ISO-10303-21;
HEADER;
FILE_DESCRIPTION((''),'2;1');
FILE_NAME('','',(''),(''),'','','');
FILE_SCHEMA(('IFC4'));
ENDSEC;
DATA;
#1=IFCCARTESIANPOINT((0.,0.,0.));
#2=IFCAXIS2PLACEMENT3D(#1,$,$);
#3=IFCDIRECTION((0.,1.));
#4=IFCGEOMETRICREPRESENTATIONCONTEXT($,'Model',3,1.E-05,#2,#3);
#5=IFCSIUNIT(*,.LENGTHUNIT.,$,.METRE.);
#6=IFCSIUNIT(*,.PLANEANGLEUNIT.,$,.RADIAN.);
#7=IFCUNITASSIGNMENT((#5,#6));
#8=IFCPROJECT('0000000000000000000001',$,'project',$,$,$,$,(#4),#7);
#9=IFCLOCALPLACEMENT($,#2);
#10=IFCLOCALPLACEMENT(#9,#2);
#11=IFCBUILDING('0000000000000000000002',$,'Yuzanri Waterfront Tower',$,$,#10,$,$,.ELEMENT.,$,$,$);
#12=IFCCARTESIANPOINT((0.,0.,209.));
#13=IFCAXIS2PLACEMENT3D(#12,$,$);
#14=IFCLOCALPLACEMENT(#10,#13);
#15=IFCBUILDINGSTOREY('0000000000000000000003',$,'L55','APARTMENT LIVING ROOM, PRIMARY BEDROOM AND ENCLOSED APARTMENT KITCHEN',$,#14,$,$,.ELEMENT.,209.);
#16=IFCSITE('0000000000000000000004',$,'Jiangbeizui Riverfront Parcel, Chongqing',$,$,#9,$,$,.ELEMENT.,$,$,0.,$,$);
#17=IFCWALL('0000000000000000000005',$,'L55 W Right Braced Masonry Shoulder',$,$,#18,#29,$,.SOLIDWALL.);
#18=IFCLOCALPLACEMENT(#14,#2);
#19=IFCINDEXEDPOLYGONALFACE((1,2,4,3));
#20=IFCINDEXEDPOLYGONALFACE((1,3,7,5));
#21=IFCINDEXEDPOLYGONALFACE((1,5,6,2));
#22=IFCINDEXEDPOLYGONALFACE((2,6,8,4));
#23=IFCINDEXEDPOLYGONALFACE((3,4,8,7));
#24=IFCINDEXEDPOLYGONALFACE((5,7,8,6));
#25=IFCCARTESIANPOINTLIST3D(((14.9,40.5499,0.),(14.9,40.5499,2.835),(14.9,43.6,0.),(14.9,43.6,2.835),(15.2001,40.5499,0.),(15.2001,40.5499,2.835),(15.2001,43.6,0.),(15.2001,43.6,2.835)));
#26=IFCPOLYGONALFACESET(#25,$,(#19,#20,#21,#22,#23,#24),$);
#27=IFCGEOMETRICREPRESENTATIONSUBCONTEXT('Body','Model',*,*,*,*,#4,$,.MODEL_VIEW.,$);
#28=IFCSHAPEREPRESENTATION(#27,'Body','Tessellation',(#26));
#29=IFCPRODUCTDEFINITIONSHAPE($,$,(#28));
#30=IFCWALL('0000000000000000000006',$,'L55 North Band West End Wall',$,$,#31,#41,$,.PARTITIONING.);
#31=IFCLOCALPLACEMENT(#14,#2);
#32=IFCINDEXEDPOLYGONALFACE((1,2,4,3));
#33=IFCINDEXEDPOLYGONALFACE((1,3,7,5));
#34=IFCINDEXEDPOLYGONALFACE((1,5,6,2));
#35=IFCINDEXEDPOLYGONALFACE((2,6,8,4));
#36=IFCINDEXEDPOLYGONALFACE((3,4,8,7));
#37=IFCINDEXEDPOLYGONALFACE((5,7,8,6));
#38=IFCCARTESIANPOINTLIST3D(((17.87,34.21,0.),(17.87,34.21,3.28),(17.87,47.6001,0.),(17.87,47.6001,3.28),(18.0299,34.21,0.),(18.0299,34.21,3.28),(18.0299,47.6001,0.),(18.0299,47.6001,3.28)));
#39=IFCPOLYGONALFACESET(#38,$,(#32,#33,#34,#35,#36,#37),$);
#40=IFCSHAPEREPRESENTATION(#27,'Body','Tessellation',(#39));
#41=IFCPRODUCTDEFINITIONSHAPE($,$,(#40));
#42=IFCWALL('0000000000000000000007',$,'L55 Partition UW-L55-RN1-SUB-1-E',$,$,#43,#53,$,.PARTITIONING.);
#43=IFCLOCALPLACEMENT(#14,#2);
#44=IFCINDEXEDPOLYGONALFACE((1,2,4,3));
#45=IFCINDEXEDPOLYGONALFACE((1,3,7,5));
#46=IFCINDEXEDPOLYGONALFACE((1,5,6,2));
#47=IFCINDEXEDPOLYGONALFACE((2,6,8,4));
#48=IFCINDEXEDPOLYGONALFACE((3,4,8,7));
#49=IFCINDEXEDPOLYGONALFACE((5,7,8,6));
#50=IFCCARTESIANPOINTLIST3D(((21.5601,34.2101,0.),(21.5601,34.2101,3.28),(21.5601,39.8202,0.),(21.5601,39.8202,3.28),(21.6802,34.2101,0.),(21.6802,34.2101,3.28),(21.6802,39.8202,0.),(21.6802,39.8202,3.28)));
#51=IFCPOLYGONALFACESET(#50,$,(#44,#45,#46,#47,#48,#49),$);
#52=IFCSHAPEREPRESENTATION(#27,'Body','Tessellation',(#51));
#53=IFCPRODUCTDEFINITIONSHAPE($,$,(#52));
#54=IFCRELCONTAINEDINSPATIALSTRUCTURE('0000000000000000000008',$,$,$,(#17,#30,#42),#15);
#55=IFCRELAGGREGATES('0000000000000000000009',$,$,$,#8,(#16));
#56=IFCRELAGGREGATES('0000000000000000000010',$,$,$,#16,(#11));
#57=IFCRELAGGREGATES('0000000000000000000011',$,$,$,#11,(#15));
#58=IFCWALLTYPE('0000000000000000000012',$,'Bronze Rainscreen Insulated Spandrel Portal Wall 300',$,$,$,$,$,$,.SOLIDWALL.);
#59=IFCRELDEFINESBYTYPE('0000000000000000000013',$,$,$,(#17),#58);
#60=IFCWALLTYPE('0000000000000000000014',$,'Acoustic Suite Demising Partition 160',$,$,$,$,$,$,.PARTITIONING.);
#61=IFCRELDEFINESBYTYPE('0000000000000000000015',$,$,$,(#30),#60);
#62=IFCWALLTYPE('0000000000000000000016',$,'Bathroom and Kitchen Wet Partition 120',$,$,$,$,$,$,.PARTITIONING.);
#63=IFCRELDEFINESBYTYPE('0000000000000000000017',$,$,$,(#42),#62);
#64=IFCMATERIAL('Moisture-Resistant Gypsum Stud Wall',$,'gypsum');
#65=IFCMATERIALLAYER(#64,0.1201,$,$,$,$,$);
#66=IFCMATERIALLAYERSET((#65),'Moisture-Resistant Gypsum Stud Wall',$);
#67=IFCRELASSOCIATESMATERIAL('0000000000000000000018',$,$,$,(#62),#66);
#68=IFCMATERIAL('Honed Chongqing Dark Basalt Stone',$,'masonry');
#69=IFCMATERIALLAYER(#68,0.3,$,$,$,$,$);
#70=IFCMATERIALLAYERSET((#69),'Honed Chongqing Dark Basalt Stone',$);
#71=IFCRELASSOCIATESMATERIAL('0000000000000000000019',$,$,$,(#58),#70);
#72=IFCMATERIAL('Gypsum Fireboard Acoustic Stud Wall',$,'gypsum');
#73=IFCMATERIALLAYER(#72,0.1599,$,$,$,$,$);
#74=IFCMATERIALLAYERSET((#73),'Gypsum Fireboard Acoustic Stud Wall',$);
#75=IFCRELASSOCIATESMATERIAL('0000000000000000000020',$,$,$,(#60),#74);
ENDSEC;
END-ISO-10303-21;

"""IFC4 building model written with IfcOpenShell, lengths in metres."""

from ifc_helpers import new_model, si_unit, direction, frame, frame_2d, origin, place, context, subcontext, project, spatial, rectangle, extrude, source, transform, mapped, material, layer, layer_set, type_object, element, save


model = new_model("IFC4")

# Units and contexts
model_context = context("Model", 3, precision=1e-05, world=origin(), true_north=direction((0.0, 1.0)))
body_context = subcontext(model_context, "Body", "Model", "MODEL_VIEW")
ifc_project = project(units=[si_unit("LENGTHUNIT", "METRE"), si_unit("PLANEANGLEUNIT", "RADIAN")], contexts=[model_context])

# Site, building, storey
site_placement = place(None, origin())
site = spatial("IfcSite", under=ifc_project, at=site_placement, Name="Jiangbeizui Riverfront Parcel, Chongqing", CompositionType="ELEMENT", RefElevation=0.0)
building_placement = place(site_placement, origin())
building = spatial("IfcBuilding", under=site, at=building_placement, Name="Yuzanri Waterfront Tower", CompositionType="ELEMENT")
storey_placement = place(building_placement, frame((0.0, 0.0, 209.0)))
storey = spatial("IfcBuildingStorey", under=building, at=storey_placement, Name="L55", Description="APARTMENT LIVING ROOM, PRIMARY BEDROOM AND ENCLOSED APARTMENT KITCHEN", CompositionType="ELEMENT", Elevation=209.0)

# Shared definitions
ifc_material_1 = material(Name="Moisture-Resistant Gypsum Stud Wall", Category="gypsum")
ifc_layer_1 = layer(ifc_material_1, 0.1201)
ifc_layer_set_1 = layer_set([ifc_layer_1], Name="Moisture-Resistant Gypsum Stud Wall")
wall_type_1 = type_object("IfcWallType", Name="Bathroom and Kitchen Wet Partition 120", PredefinedType="PARTITIONING", material=ifc_layer_set_1)

# Shared definitions
ifc_material_2 = material(Name="Honed Chongqing Dark Basalt Stone", Category="masonry")
ifc_layer_2 = layer(ifc_material_2, 0.3)
ifc_layer_set_2 = layer_set([ifc_layer_2], Name="Honed Chongqing Dark Basalt Stone")
wall_type_2 = type_object("IfcWallType", Name="Bronze Rainscreen Insulated Spandrel Portal Wall 300", PredefinedType="SOLIDWALL", material=ifc_layer_set_2)

# Walls
shared_shape_1 = source(origin(), body_context, "Body", "SweptSolid", [
    extrude(rectangle(XDim=3.05, YDim=0.3, at=frame_2d((1.5249, 0.0))), origin(), (0.0, 0.0, 1.0), 2.835),
])
for number, where, z_axis, x_axis, name in (
    (1, (15.05, 40.55, 0.0), (0.0, 0.0, 1.0), (0.0, 1.0, 0.0), "L55 W Right Braced Masonry Shoulder"),
):
    element("IfcWall", number, at=place(storey_placement, frame(where, z_axis=z_axis, x_axis=x_axis)), inside=storey, type_object=wall_type_2, Name=name, PredefinedType="SOLIDWALL", context=body_context, shape_type="MappedRepresentation", body=[
        mapped(shared_shape_1, transform((0.0, 0.0, 0.0), scale=1.0)),
    ])
ifc_material_3 = material(Name="Gypsum Fireboard Acoustic Stud Wall", Category="gypsum")
ifc_layer_3 = layer(ifc_material_3, 0.1599)
ifc_layer_set_3 = layer_set([ifc_layer_3], Name="Gypsum Fireboard Acoustic Stud Wall")
wall_type_3 = type_object("IfcWallType", Name="Acoustic Suite Demising Partition 160", PredefinedType="PARTITIONING", material=ifc_layer_set_3)
shared_shape_2 = source(origin(), body_context, "Body", "SweptSolid", [
    extrude(rectangle(XDim=13.3901, YDim=0.1599, at=frame_2d((6.6951, 0.0))), origin(), (0.0, 0.0, 1.0), 3.28),
])
wall_1_placement = place(storey_placement, frame((17.95, 34.21, 0.0), z_axis=(0.0, 0.0, 1.0), x_axis=(0.0, 1.0, 0.0)))
element("IfcWall", 2, at=wall_1_placement, inside=storey, type_object=wall_type_3, Name="L55 North Band West End Wall", PredefinedType="PARTITIONING", context=body_context, shape_type="MappedRepresentation", body=[
    mapped(shared_shape_2, transform((0.0, 0.0, 0.0), scale=1.0)),
])
shared_shape_3 = source(origin(), body_context, "Body", "SweptSolid", [
    extrude(rectangle(XDim=5.6101, YDim=0.1201, at=frame_2d((2.8052, 0.0))), origin(), (0.0, 0.0, 1.0), 3.28),
])
wall_2_placement = place(storey_placement, frame((21.6201, 34.21, 0.0), z_axis=(0.0, 0.0, 1.0), x_axis=(0.0, 1.0, 0.0)))
element("IfcWall", 3, at=wall_2_placement, inside=storey, type_object=wall_type_1, Name="L55 Partition UW-L55-RN1-SUB-1-E", PredefinedType="PARTITIONING", context=body_context, shape_type="MappedRepresentation", body=[
    mapped(shared_shape_3, transform((0.0, 0.0, 0.0), scale=1.0)),
])

save(model, "model.ifc")
